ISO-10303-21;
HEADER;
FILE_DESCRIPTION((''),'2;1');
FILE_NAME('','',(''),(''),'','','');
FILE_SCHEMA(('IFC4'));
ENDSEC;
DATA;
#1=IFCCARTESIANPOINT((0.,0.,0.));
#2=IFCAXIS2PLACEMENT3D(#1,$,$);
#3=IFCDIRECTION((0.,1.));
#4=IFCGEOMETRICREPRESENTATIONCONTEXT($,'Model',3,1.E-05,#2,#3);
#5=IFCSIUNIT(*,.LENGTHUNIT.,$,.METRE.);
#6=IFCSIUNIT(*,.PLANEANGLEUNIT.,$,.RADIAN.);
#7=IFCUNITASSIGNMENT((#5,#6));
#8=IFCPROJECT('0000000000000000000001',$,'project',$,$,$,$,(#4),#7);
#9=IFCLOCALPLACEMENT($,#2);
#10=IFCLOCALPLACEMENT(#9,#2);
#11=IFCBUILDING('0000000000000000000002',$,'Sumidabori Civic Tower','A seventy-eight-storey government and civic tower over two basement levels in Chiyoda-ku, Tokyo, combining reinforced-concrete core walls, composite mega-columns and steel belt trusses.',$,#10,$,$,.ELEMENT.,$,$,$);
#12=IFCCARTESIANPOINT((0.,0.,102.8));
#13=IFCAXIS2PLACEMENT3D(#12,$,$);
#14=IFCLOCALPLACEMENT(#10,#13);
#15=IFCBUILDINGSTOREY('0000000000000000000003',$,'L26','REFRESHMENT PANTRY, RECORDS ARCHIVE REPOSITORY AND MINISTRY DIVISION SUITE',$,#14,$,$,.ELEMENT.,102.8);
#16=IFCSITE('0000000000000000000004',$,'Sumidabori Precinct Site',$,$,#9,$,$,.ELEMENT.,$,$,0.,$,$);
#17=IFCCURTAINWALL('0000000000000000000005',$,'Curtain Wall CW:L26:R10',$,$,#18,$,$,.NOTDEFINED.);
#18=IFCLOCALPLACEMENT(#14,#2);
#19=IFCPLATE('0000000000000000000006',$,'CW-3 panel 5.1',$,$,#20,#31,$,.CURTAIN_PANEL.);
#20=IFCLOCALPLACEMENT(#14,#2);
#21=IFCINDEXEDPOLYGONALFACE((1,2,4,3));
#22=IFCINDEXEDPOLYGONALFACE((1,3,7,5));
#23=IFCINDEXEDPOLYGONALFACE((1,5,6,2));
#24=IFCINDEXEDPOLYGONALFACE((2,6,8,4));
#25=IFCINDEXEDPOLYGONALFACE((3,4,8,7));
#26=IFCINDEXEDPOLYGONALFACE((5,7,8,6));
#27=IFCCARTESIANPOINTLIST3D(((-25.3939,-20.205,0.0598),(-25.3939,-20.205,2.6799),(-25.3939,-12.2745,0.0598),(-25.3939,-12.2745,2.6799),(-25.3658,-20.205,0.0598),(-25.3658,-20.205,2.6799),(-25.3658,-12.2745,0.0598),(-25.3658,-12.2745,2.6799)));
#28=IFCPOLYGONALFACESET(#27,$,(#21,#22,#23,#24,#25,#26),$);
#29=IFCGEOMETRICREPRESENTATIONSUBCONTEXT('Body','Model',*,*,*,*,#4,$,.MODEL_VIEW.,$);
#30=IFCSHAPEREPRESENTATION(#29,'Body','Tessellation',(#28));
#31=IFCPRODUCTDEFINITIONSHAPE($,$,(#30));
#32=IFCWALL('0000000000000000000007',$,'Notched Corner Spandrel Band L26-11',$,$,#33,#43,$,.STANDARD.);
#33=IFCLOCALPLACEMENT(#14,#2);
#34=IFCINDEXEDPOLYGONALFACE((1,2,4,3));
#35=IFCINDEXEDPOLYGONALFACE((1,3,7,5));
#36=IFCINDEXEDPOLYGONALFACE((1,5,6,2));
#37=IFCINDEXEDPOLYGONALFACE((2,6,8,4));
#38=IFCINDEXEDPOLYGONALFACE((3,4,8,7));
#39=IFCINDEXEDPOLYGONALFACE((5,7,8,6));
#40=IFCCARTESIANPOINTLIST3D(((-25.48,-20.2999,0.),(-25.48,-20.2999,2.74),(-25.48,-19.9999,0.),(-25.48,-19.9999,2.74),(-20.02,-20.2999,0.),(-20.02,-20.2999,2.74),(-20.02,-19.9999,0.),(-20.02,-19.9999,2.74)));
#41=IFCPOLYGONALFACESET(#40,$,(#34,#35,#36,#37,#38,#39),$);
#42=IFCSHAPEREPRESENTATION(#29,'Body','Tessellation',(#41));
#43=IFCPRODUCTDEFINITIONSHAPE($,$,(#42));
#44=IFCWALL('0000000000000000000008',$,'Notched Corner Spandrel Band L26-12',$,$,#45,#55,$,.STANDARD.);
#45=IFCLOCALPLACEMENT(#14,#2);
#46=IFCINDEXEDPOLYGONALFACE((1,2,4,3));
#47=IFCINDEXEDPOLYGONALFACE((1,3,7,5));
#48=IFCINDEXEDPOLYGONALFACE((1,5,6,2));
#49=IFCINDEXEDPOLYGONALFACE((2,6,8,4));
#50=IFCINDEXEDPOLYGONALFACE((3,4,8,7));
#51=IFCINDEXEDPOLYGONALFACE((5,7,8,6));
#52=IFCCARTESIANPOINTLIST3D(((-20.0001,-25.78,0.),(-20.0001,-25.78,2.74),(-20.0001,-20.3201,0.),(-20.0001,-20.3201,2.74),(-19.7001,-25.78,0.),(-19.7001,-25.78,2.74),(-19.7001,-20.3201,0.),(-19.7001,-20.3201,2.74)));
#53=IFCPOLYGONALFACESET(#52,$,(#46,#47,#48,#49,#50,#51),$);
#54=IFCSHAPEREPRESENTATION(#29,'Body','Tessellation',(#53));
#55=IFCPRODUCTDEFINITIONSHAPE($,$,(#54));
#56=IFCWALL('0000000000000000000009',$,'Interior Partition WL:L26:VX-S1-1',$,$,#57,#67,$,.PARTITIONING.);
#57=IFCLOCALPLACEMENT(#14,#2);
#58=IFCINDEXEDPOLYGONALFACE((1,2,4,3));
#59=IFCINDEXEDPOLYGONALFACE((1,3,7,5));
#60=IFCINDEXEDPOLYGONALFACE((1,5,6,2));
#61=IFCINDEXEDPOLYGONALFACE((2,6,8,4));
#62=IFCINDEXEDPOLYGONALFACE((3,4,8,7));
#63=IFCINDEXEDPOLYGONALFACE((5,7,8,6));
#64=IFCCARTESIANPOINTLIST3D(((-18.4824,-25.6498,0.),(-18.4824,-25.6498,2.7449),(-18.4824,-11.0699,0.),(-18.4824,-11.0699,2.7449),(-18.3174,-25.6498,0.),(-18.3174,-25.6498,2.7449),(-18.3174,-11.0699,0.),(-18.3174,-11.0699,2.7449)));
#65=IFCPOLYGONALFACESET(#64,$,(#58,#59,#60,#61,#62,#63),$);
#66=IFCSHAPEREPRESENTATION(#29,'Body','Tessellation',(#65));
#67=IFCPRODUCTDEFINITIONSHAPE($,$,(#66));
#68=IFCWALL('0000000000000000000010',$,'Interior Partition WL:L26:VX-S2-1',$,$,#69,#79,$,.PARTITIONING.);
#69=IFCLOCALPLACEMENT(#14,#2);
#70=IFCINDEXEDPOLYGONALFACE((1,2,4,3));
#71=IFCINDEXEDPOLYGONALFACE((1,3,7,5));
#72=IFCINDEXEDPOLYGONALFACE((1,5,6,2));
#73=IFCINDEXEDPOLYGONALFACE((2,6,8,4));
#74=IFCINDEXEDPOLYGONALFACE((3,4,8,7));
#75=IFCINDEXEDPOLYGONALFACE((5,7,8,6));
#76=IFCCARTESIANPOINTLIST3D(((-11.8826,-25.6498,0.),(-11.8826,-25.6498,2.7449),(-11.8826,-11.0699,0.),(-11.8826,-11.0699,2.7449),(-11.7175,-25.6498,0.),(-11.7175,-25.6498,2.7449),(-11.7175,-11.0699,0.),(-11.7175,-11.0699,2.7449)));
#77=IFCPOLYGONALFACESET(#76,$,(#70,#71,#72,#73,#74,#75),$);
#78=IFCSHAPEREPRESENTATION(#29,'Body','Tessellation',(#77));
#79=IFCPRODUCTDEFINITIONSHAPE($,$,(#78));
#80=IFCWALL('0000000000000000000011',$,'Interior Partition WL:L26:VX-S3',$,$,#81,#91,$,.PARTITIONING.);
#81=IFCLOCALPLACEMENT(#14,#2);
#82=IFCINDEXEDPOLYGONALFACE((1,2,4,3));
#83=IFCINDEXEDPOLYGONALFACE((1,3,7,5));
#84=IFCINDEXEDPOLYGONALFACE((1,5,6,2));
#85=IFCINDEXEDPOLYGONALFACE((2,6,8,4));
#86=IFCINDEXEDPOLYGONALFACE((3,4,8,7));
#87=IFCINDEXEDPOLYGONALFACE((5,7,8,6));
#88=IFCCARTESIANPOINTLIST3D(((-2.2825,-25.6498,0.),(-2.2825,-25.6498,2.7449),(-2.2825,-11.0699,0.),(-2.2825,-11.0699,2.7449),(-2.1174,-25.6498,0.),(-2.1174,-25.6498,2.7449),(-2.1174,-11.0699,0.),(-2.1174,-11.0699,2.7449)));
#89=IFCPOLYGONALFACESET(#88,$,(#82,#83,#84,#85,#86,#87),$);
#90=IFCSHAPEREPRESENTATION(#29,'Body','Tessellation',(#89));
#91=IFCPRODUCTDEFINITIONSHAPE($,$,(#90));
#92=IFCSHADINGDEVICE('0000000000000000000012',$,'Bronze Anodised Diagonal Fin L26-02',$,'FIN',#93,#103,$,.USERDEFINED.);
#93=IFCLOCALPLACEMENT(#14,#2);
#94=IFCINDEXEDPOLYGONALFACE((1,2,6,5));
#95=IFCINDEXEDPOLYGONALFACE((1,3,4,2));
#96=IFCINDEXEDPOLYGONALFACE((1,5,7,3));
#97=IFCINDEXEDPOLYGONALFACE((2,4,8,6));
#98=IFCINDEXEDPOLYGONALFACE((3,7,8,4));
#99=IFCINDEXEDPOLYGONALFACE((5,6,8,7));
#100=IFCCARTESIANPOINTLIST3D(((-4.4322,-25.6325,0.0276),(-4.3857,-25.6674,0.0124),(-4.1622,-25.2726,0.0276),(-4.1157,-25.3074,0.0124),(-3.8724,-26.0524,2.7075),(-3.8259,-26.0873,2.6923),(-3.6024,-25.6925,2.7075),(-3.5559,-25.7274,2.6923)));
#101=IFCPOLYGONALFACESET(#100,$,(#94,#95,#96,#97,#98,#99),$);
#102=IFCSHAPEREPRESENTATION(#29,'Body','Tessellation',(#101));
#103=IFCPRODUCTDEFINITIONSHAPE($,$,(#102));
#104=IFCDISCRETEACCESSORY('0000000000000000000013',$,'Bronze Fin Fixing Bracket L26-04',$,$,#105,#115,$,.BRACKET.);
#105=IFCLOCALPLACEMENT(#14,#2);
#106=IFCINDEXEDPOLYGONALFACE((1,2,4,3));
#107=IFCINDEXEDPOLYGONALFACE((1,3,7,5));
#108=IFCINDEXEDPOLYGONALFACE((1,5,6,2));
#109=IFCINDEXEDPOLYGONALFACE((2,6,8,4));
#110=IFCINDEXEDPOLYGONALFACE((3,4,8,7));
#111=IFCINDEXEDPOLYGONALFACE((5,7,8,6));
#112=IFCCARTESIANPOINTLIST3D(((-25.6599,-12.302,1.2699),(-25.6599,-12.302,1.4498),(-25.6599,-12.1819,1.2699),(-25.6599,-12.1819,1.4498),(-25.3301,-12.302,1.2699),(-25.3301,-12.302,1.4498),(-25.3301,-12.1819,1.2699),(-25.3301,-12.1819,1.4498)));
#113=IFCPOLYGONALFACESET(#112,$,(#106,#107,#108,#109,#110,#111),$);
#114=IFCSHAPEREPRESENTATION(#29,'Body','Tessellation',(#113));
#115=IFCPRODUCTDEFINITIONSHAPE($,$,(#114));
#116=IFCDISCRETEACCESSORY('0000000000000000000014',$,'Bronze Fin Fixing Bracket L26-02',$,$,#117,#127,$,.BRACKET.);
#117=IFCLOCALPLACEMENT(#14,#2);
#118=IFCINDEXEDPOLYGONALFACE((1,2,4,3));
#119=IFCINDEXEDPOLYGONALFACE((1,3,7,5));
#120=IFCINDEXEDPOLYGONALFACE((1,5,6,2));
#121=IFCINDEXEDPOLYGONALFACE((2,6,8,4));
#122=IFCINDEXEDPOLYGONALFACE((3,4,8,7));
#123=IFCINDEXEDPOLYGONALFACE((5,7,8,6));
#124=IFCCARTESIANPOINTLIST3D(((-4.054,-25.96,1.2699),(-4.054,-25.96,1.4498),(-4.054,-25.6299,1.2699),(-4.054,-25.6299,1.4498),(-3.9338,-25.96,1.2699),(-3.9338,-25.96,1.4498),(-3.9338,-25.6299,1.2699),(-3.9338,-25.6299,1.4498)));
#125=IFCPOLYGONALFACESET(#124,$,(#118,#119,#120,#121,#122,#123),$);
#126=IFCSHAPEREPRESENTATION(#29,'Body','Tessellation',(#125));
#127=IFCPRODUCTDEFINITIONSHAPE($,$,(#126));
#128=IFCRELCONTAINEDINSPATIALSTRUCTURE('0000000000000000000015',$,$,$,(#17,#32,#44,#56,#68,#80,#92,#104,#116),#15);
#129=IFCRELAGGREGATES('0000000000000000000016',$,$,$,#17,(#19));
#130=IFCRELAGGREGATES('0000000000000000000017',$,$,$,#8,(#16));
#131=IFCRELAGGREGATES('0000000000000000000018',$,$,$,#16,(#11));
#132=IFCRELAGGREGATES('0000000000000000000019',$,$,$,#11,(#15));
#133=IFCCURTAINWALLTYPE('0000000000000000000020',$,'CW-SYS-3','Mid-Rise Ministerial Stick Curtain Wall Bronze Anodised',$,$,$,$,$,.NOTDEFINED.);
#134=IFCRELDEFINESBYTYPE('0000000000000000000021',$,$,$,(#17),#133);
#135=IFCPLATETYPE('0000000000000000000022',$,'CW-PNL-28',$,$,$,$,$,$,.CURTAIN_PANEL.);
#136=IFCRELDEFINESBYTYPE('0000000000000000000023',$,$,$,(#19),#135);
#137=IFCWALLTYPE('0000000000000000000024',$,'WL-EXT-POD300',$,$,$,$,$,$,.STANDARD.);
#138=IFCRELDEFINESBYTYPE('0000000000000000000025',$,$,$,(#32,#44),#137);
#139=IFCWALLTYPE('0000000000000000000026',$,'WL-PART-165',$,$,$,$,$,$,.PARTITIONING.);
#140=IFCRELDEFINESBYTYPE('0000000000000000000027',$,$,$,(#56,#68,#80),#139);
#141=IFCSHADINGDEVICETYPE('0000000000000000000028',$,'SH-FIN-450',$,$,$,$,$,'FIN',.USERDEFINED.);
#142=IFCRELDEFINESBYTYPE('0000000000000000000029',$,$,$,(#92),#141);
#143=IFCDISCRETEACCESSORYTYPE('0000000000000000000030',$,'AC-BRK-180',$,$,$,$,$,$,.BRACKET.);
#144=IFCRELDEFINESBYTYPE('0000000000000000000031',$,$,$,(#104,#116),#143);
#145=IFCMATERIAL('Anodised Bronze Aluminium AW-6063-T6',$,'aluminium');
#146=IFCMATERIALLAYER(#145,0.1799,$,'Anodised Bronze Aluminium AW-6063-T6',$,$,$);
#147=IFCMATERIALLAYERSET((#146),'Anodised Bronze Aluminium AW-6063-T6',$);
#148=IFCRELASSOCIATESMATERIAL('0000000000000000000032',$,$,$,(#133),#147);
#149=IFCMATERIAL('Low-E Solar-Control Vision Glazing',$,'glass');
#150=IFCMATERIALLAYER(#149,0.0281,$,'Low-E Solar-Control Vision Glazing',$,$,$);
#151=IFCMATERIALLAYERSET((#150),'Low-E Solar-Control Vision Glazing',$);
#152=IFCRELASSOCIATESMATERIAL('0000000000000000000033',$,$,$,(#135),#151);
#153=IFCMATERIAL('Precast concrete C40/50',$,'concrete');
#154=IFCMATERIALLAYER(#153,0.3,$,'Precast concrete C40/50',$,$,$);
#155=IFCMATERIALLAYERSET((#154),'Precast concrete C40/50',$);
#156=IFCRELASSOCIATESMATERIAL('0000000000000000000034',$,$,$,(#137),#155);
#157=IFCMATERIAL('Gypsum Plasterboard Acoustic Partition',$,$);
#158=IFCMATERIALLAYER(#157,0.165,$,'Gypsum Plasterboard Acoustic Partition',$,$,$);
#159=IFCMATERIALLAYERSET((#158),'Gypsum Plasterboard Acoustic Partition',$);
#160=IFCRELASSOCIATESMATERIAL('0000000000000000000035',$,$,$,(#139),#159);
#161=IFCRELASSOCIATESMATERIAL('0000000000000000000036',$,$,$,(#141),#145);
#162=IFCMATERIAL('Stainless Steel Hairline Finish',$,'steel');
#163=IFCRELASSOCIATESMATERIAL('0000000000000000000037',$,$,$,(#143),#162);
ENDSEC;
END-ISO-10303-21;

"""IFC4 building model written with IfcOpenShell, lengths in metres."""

from ifc_helpers import new_model, si_unit, direction, frame, frame_2d, origin, origin_2d, place, context, subcontext, project, spatial, rectangle, extrude, source, transform, mapped, material, layer, layer_set, material_profile, profile_set, type_object, element, aggregate, save


model = new_model("IFC4")

# Units and contexts
model_context = context("Model", 3, precision=1e-05, world=origin(), true_north=direction((0.0, 1.0)))
body_context = subcontext(model_context, "Body", "Model", "MODEL_VIEW")
ifc_project = project(units=[si_unit("LENGTHUNIT", "METRE"), si_unit("PLANEANGLEUNIT", "RADIAN")], contexts=[model_context])

# Site, building, storey
site_placement = place(None, origin())
site = spatial("IfcSite", under=ifc_project, at=site_placement, Name="Sumidabori Precinct Site", CompositionType="ELEMENT", RefElevation=0.0)
building_placement = place(site_placement, origin())
building = spatial("IfcBuilding", under=site, at=building_placement, Name="Sumidabori Civic Tower", Description="A seventy-eight-storey government and civic tower over two basement levels in Chiyoda-ku, Tokyo, combining reinforced-concrete core walls, composite mega-columns and steel belt trusses.", CompositionType="ELEMENT")
storey_placement = place(building_placement, frame((0.0, 0.0, 102.8)))
storey = spatial("IfcBuildingStorey", under=building, at=storey_placement, Name="L26", Description="REFRESHMENT PANTRY, RECORDS ARCHIVE REPOSITORY AND MINISTRY DIVISION SUITE", CompositionType="ELEMENT", Elevation=102.8)

# Curtain wall
ifc_material_1 = material(Name="Anodised Bronze Aluminium AW-6063-T6", Category="aluminium")
ifc_layer_1 = layer(ifc_material_1, 0.1799, Name="Anodised Bronze Aluminium AW-6063-T6")
ifc_layer_set_1 = layer_set([ifc_layer_1], Name="Anodised Bronze Aluminium AW-6063-T6")
curtain_wall_type = type_object("IfcCurtainWallType", Name="CW-SYS-3", Description="Mid-Rise Ministerial Stick Curtain Wall Bronze Anodised", PredefinedType="NOTDEFINED", material=ifc_layer_set_1)
curtain_wall_1_placement = place(storey_placement, origin())
curtain_wall_1 = element("IfcCurtainWall", 1, at=curtain_wall_1_placement, inside=storey, type_object=curtain_wall_type, Name="Curtain Wall CW:L26:R10", PredefinedType="NOTDEFINED")

# Plate
ifc_material_2 = material(Name="Low-E Solar-Control Vision Glazing", Category="glass")
ifc_layer_2 = layer(ifc_material_2, 0.0281, Name="Low-E Solar-Control Vision Glazing")
ifc_layer_set_2 = layer_set([ifc_layer_2], Name="Low-E Solar-Control Vision Glazing")
plate_type = type_object("IfcPlateType", Name="CW-PNL-28", PredefinedType="CURTAIN_PANEL", material=ifc_layer_set_2)
shared_shape_1 = source(origin(), body_context, "Body", "SweptSolid", [
    extrude(rectangle(XDim=7.9304, YDim=0.0281, at=origin_2d()), origin(), (0.0, 0.0, 1.0), 2.6201),
])
plate_1_placement = place(storey_placement, frame((-25.3799, -16.2397, 0.0598), z_axis=(0.0, 0.0, 1.0), x_axis=(0.0, -1.0, 0.0)))
plate_1 = element("IfcPlate", 2, at=plate_1_placement, type_object=plate_type, Name="CW-3 panel 5.1", PredefinedType="CURTAIN_PANEL", context=body_context, shape_type="MappedRepresentation", body=[
    mapped(shared_shape_1, transform((0.0, 0.0, 0.0), x_axis=(1.0, 0.0, 0.0), y_axis=(0.0, 1.0, 0.0), z_axis=(0.0, 0.0, 1.0), scale=1.0)),
])
aggregate(curtain_wall_1, [plate_1])

# Walls
ifc_material_3 = material(Name="Precast concrete C40/50", Category="concrete")
ifc_layer_3 = layer(ifc_material_3, 0.3, Name="Precast concrete C40/50")
ifc_layer_set_3 = layer_set([ifc_layer_3], Name="Precast concrete C40/50")
wall_type_1 = type_object("IfcWallType", Name="WL-EXT-POD300", PredefinedType="STANDARD", material=ifc_layer_set_3)
shared_shape_2 = source(origin(), body_context, "Body", "SweptSolid", [
    extrude(rectangle(XDim=5.46, YDim=0.3, at=frame_2d((2.73, 0.0))), origin(), (0.0, 0.0, 1.0), 2.74),
])
for number, where, z_axis, x_axis, name in (
    (3, (-25.48, -20.1499, 0.0), (0.0, 0.0, 1.0), (1.0, 0.0, 0.0), "Notched Corner Spandrel Band L26-11"),
    (4, (-19.8501, -20.3201, 0.0), (0.0, 0.0, 1.0), (0.0, -1.0, 0.0), "Notched Corner Spandrel Band L26-12"),
):
    element("IfcWall", number, at=place(storey_placement, frame(where, z_axis=z_axis, x_axis=x_axis)), inside=storey, type_object=wall_type_1, Name=name, PredefinedType="STANDARD", context=body_context, shape_type="MappedRepresentation", body=[
        mapped(shared_shape_2, transform((0.0, 0.0, 0.0), x_axis=(1.0, 0.0, 0.0), y_axis=(0.0, 1.0, 0.0), z_axis=(0.0, 0.0, 1.0), scale=1.0)),
    ])
ifc_material_4 = material(Name="Gypsum Plasterboard Acoustic Partition")
ifc_layer_4 = layer(ifc_material_4, 0.165, Name="Gypsum Plasterboard Acoustic Partition")
ifc_layer_set_4 = layer_set([ifc_layer_4], Name="Gypsum Plasterboard Acoustic Partition")
wall_type_2 = type_object("IfcWallType", Name="WL-PART-165", PredefinedType="PARTITIONING", material=ifc_layer_set_4)
shared_shape_3 = source(origin(), body_context, "Body", "SweptSolid", [
    extrude(rectangle(XDim=14.5798, YDim=0.165, at=frame_2d((7.29, 0.0))), origin(), (0.0, 0.0, 1.0), 2.7449),
])
for number, where, z_axis, x_axis, name in (
    (5, (-18.3999, -25.6499, 0.0), (0.0, 0.0, 1.0), (0.0, 1.0, 0.0), "Interior Partition WL:L26:VX-S1-1"),
    (6, (-11.8, -25.6499, 0.0), (0.0, 0.0, 1.0), (0.0, 1.0, 0.0), "Interior Partition WL:L26:VX-S2-1"),
    (7, (-2.2, -25.6499, 0.0), (0.0, 0.0, 1.0), (0.0, 1.0, 0.0), "Interior Partition WL:L26:VX-S3"),
):
    element("IfcWall", number, at=place(storey_placement, frame(where, z_axis=z_axis, x_axis=x_axis)), inside=storey, type_object=wall_type_2, Name=name, PredefinedType="PARTITIONING", context=body_context, shape_type="MappedRepresentation", body=[
        mapped(shared_shape_3, transform((0.0, 0.0, 0.0), x_axis=(1.0, 0.0, 0.0), y_axis=(0.0, 1.0, 0.0), z_axis=(0.0, 0.0, 1.0), scale=1.0)),
    ])

# Shading device
ifc_material_profile_1 = material_profile(ifc_material_1, rectangle(XDim=0.0601, YDim=0.45, at=origin_2d()), Name="BRONZE FIN 450x60")
ifc_profile_set_1 = profile_set([ifc_material_profile_1], Name="Anodised Bronze Aluminium AW-6063-T6")
shading_device_type = type_object("IfcShadingDeviceType", Name="SH-FIN-450", ElementType="FIN", PredefinedType="USERDEFINED", material=ifc_profile_set_1)
shared_shape_4 = source(origin(), body_context, "Body", "SweptSolid", [
    extrude(rectangle(XDim=0.0601, YDim=0.45, at=origin_2d()), origin(), (0.0, 0.0, 1.0), 2.7698),
])
shading_device_placement = place(storey_placement, frame((-4.2739, -25.47, 0.02), z_axis=(0.202114, -0.151608, 0.967556), x_axis=(0.774004, -0.580588, -0.252656)))
element("IfcShadingDevice", 8, at=shading_device_placement, inside=storey, type_object=shading_device_type, Name="Bronze Anodised Diagonal Fin L26-02", ObjectType="FIN", PredefinedType="USERDEFINED", context=body_context, shape_type="MappedRepresentation", body=[
    mapped(shared_shape_4, transform((0.0, 0.0, 0.0), x_axis=(1.0, 0.0, 0.0), y_axis=(0.0, 1.0, 0.0), z_axis=(0.0, 0.0, 1.0), scale=1.0)),
])

# Discrete accessories
ifc_material_5 = material(Name="Stainless Steel Hairline Finish", Category="steel")
ifc_material_profile_2 = material_profile(ifc_material_5, rectangle(XDim=0.1201, YDim=0.1799, at=origin_2d()), Name="STEEL BRACKET 180x120")
ifc_profile_set_2 = profile_set([ifc_material_profile_2], Name="Stainless Steel Hairline Finish")
discrete_accessory_type = type_object("IfcDiscreteAccessoryType", Name="AC-BRK-180", PredefinedType="BRACKET", material=ifc_profile_set_2)
shared_shape_5 = source(origin(), body_context, "Body", "SweptSolid", [
    extrude(rectangle(XDim=0.1201, YDim=0.1799, at=origin_2d()), origin(), (0.0, 0.0, 1.0), 0.3298),
])
discrete_accessory_1_placement = place(storey_placement, frame((-25.3301, -12.2419, 1.3599), z_axis=(-1.0, 0.0, 0.0), x_axis=(0.0, -1.0, 0.0)))
element("IfcDiscreteAccessory", 9, at=discrete_accessory_1_placement, inside=storey, type_object=discrete_accessory_type, Name="Bronze Fin Fixing Bracket L26-04", PredefinedType="BRACKET", context=body_context, shape_type="MappedRepresentation", body=[
    mapped(shared_shape_5, transform((0.0, 0.0, 0.0), x_axis=(1.0, 0.0, 0.0), y_axis=(0.0, 1.0, 0.0), z_axis=(0.0, 0.0, 1.0), scale=1.0)),
])
shared_shape_6 = source(origin(), body_context, "Body", "SweptSolid", [
    extrude(rectangle(XDim=0.1201, YDim=0.1799, at=origin_2d()), origin(), (0.0, 0.0, 1.0), 0.3301),
])
discrete_accessory_2_placement = place(storey_placement, frame((-3.9939, -25.6299, 1.3599), z_axis=(0.0, -1.0, 0.0), x_axis=(1.0, 0.0, 0.0)))
element("IfcDiscreteAccessory", 10, at=discrete_accessory_2_placement, inside=storey, type_object=discrete_accessory_type, Name="Bronze Fin Fixing Bracket L26-02", PredefinedType="BRACKET", context=body_context, shape_type="MappedRepresentation", body=[
    mapped(shared_shape_6, transform((0.0, 0.0, 0.0), x_axis=(1.0, 0.0, 0.0), y_axis=(0.0, 1.0, 0.0), z_axis=(0.0, 0.0, 1.0), scale=1.0)),
])

save(model, "model.ifc")
